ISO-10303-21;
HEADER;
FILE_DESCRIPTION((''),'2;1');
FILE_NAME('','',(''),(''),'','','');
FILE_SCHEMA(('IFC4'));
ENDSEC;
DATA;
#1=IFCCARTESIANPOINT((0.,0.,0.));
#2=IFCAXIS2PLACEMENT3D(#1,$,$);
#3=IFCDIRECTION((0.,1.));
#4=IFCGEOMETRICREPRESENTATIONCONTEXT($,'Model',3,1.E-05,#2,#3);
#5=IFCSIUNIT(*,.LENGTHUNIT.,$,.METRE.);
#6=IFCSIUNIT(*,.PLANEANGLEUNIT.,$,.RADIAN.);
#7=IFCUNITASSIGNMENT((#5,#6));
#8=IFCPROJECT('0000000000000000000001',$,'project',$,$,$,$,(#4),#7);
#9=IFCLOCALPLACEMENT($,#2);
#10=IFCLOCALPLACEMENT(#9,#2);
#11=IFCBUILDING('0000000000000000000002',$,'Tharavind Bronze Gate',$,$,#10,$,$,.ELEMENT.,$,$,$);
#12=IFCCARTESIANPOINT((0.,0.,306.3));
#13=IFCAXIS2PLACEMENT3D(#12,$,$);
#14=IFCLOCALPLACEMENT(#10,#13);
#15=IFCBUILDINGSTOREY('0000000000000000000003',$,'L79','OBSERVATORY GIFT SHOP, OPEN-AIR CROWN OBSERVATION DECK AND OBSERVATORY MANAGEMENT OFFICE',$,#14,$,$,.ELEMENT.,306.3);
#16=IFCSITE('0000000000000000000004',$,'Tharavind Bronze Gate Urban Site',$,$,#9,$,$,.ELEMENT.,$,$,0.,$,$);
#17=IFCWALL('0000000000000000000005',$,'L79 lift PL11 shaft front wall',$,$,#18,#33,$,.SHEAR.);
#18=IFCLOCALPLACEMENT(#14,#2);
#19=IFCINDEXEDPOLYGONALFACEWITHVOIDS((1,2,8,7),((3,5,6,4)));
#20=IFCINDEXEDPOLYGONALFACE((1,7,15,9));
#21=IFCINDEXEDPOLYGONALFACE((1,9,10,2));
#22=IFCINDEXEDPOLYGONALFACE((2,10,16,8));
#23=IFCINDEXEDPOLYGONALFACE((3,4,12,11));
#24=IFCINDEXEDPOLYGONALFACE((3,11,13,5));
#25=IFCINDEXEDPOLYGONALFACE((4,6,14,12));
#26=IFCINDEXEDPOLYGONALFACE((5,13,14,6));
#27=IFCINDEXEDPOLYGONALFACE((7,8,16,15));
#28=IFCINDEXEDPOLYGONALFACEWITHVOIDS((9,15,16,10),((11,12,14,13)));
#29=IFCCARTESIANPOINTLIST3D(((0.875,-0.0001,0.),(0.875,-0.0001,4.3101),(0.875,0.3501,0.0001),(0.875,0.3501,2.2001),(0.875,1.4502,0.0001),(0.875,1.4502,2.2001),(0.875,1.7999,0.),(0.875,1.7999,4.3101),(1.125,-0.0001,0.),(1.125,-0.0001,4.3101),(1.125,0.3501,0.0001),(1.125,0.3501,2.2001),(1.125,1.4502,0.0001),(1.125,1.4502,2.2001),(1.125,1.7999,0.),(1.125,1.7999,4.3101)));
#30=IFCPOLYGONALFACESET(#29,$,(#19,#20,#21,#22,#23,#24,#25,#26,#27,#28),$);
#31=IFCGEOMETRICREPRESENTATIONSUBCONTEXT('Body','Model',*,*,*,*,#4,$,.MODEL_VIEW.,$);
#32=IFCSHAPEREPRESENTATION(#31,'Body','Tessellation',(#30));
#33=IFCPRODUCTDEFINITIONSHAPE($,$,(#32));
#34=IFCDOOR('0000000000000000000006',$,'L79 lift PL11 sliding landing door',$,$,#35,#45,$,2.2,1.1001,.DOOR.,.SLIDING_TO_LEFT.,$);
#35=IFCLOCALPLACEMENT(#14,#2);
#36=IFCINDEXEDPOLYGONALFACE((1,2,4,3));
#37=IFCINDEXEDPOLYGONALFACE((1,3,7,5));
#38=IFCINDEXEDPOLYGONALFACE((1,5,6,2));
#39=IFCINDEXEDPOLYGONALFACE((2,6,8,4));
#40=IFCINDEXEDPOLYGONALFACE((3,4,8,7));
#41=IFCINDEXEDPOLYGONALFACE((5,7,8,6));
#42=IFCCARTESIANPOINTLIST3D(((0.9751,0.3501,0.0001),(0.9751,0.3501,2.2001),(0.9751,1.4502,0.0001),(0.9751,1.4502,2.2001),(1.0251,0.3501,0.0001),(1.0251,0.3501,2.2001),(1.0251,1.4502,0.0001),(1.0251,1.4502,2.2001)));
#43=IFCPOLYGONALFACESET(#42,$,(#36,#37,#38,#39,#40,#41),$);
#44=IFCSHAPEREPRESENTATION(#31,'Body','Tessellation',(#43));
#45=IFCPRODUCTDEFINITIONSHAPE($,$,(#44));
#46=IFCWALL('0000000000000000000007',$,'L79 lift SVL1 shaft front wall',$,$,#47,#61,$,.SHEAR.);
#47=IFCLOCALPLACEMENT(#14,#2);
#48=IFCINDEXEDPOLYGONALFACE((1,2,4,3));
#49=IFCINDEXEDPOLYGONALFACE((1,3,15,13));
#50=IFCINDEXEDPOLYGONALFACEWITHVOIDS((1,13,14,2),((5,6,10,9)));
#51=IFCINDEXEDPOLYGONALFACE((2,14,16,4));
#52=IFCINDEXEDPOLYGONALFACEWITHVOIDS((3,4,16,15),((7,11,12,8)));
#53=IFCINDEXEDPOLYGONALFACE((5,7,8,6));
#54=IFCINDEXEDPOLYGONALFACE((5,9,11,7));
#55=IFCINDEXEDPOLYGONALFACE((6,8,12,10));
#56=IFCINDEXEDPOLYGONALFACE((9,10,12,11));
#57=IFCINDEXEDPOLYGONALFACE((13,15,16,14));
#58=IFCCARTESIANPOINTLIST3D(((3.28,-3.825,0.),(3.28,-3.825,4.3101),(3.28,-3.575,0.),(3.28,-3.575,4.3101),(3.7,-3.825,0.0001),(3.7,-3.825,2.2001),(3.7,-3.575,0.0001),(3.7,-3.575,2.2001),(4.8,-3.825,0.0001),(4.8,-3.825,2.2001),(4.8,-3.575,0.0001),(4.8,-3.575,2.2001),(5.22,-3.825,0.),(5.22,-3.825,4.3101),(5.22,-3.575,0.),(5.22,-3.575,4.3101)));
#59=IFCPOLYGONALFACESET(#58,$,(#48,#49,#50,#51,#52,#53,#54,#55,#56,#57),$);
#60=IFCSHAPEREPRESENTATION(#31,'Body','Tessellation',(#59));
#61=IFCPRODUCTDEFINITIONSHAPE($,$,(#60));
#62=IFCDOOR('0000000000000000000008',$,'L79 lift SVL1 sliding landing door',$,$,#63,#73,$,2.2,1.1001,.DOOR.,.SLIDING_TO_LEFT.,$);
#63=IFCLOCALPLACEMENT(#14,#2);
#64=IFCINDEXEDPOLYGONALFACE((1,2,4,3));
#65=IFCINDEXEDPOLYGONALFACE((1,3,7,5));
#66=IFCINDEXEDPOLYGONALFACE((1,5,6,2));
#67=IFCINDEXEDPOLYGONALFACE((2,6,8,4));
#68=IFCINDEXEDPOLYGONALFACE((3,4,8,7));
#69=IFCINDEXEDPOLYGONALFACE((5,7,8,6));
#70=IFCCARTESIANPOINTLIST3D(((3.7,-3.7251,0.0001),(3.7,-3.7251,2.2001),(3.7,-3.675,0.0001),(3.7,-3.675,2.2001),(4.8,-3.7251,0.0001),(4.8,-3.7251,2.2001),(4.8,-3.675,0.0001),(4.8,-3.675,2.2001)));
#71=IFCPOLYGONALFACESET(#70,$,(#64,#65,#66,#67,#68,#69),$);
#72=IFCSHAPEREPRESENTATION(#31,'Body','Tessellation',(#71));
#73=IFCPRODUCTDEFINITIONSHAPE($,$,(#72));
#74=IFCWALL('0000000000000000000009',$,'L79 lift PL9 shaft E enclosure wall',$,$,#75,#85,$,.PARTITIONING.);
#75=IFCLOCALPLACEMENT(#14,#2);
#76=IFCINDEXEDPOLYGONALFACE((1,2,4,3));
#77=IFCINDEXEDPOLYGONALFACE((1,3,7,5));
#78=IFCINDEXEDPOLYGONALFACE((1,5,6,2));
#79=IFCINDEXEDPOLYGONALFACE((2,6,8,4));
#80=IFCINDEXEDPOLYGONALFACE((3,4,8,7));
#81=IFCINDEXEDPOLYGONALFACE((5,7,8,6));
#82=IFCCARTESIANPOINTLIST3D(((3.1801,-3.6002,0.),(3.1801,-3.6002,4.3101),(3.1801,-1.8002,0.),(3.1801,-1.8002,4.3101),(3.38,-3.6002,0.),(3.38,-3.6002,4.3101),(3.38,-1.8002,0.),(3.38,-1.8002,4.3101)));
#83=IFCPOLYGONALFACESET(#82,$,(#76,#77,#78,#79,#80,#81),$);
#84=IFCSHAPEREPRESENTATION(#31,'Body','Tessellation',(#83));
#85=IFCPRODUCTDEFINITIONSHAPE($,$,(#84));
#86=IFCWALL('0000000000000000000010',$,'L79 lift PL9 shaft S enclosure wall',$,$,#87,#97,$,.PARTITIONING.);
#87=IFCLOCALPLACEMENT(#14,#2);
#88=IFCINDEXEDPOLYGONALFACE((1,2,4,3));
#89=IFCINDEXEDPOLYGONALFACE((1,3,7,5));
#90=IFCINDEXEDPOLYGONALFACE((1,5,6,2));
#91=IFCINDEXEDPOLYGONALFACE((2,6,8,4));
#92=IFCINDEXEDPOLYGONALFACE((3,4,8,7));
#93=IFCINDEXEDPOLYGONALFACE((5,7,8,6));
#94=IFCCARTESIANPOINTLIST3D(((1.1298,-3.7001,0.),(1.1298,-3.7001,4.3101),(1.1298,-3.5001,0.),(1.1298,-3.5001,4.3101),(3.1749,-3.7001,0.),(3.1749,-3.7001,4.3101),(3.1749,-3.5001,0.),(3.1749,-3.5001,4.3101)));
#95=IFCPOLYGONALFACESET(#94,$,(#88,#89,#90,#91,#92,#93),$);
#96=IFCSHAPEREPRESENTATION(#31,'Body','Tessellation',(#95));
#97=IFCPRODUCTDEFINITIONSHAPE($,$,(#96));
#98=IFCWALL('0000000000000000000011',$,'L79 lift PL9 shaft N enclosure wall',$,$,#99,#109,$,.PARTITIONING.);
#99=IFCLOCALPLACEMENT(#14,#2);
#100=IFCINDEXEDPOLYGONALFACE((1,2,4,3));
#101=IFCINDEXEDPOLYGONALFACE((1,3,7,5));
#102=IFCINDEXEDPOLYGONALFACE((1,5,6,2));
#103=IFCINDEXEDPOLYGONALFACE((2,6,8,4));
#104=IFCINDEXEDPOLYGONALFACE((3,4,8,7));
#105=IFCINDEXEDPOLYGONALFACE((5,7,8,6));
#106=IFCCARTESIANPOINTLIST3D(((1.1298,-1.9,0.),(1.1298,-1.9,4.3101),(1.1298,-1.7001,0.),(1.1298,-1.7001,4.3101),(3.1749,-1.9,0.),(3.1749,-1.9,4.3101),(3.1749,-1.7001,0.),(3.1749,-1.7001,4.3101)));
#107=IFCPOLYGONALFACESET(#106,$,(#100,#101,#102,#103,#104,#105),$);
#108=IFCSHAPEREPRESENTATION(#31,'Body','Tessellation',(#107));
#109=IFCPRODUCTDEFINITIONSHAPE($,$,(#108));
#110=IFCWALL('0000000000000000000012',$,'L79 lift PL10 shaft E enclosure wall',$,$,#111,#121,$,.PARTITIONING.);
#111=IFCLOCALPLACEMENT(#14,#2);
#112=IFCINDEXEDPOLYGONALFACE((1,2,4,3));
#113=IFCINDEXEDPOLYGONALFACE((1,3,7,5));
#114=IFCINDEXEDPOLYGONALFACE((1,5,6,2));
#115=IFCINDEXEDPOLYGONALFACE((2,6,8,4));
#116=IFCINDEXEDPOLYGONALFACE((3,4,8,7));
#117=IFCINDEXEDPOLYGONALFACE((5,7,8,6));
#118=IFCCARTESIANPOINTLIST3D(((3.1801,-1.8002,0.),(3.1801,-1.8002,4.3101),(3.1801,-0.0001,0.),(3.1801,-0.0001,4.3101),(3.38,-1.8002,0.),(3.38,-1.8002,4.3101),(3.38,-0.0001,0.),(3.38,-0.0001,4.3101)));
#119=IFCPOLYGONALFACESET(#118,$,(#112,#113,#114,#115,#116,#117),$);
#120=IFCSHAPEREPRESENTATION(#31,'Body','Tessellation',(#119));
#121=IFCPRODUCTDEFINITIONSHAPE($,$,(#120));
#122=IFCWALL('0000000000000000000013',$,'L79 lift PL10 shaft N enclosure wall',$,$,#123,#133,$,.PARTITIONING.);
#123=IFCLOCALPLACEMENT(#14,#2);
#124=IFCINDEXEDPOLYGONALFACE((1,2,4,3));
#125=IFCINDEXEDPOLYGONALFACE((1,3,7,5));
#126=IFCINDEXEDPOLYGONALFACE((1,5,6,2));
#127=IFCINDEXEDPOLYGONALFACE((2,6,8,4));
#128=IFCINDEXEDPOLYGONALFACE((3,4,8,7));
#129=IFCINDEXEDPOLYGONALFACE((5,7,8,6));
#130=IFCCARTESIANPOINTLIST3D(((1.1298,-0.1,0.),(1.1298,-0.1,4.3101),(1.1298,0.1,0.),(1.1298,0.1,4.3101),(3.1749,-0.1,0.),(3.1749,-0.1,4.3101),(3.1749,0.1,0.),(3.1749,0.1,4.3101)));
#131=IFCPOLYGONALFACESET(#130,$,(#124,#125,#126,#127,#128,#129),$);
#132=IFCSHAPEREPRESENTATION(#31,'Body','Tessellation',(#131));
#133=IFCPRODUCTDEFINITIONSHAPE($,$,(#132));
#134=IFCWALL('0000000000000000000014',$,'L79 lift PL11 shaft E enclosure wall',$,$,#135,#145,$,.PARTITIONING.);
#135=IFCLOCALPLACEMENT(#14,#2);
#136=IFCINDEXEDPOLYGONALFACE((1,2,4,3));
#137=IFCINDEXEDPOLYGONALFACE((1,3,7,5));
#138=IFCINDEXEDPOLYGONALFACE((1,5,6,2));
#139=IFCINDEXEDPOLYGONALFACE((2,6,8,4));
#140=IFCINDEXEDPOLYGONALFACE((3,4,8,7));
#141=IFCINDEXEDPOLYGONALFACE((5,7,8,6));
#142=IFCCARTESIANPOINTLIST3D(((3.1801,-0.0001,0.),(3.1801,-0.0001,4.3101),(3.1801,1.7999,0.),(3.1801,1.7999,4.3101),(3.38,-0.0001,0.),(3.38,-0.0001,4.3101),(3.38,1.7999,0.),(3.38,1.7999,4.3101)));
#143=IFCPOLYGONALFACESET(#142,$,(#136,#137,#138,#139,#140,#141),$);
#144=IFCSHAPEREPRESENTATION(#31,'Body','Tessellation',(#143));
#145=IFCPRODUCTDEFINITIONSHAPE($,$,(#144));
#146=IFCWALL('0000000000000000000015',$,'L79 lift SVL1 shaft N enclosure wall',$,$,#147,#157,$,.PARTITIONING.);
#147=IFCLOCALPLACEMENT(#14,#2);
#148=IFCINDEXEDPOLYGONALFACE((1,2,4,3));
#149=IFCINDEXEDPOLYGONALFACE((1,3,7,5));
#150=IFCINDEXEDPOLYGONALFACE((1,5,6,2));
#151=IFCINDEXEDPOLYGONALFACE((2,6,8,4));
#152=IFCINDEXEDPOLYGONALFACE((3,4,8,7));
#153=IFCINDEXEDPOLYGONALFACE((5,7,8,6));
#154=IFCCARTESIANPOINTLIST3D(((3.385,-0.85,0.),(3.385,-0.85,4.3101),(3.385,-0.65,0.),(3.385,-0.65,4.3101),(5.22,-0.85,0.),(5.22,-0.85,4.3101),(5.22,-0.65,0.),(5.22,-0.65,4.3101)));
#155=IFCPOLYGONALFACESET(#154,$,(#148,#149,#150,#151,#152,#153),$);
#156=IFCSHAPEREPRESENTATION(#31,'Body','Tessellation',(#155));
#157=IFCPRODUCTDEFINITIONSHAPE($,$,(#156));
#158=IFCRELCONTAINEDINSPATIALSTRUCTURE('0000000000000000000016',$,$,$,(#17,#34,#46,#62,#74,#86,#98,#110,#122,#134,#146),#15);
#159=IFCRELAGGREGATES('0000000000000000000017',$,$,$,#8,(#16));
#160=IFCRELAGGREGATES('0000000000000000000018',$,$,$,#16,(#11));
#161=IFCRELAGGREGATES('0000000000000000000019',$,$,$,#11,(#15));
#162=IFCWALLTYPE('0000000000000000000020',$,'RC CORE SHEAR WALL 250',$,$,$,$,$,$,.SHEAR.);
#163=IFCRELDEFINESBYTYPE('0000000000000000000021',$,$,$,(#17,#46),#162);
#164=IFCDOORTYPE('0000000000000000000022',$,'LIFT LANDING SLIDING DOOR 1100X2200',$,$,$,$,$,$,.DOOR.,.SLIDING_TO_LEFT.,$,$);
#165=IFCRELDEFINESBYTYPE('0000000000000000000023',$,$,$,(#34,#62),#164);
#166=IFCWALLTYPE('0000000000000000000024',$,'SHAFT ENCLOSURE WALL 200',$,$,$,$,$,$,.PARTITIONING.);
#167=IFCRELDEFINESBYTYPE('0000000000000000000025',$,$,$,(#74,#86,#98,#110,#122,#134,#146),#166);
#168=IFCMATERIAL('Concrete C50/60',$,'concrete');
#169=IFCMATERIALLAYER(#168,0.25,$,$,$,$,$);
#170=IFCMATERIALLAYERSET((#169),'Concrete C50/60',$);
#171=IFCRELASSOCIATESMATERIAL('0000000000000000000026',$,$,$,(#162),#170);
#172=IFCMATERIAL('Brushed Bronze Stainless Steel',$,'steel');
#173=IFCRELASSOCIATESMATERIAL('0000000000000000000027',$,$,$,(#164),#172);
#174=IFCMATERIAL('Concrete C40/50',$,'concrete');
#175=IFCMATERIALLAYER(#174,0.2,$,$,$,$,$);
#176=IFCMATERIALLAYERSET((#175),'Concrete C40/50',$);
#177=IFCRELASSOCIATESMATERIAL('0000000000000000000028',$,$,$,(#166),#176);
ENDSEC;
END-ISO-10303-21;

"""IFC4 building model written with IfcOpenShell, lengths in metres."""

from ifc_helpers import new_model, si_unit, direction, frame, frame_2d, origin, place, context, subcontext, project, spatial, rectangle, extrude, material, layer, layer_set, type_object, element, fill, save


model = new_model("IFC4")

# Units and contexts
model_context = context("Model", 3, precision=1e-05, world=origin(), true_north=direction((0.0, 1.0)))
body_context = subcontext(model_context, "Body", "Model", "MODEL_VIEW")
ifc_project = project(units=[si_unit("LENGTHUNIT", "METRE"), si_unit("PLANEANGLEUNIT", "RADIAN")], contexts=[model_context])

# Site, building, storey
site_placement = place(None, origin())
site = spatial("IfcSite", under=ifc_project, at=site_placement, Name="Tharavind Bronze Gate Urban Site", CompositionType="ELEMENT", RefElevation=0.0)
building_placement = place(site_placement, origin())
building = spatial("IfcBuilding", under=site, at=building_placement, Name="Tharavind Bronze Gate", CompositionType="ELEMENT")
storey_placement = place(building_placement, frame((0.0, 0.0, 306.3)))
storey = spatial("IfcBuildingStorey", under=building, at=storey_placement, Name="L79", Description="OBSERVATORY GIFT SHOP, OPEN-AIR CROWN OBSERVATION DECK AND OBSERVATORY MANAGEMENT OFFICE", CompositionType="ELEMENT", Elevation=306.3)

# Shared definitions
ifc_material_1 = material(Name="Concrete C50/60", Category="concrete")
ifc_layer_1 = layer(ifc_material_1, 0.25)
ifc_layer_set_1 = layer_set([ifc_layer_1], Name="Concrete C50/60")
wall_type_1 = type_object("IfcWallType", Name="RC CORE SHEAR WALL 250", PredefinedType="SHEAR", material=ifc_layer_set_1)

# Walls, openings, doors
wall_1_placement = place(storey_placement, frame((1.0, 0.0, 0.0), z_axis=(0.0, 0.0, 1.0), x_axis=(0.0, 1.0, 0.0)))
wall_1 = element("IfcWall", 1, at=wall_1_placement, inside=storey, type_object=wall_type_1, Name="L79 lift PL11 shaft front wall", PredefinedType="SHEAR", context=body_context, shape_type="SweptSolid", body=[
    extrude(rectangle(XDim=1.8, YDim=0.25, at=frame_2d((0.8999, 0.0))), origin(), (0.0, 0.0, 1.0), 4.3101),
])
opening_1_placement = place(wall_1_placement, frame((0.3501, 0.0, 0.0)))
opening_1 = element("IfcOpeningElement", 2, at=opening_1_placement, cuts=wall_1, PredefinedType="OPENING", context=body_context, shape_type="SweptSolid", body=[
    extrude(rectangle(XDim=1.1001, YDim=2.2, at=frame_2d((0.55, 1.1001))), frame((0.0, 0.135, 0.0), z_axis=(0.0, -1.0, 0.0), x_axis=(1.0, 0.0, 0.0)), (0.0, 0.0, 1.0), 0.27),
])
ifc_material_2 = material(Name="Brushed Bronze Stainless Steel", Category="steel")
door_type = type_object("IfcDoorType", Name="LIFT LANDING SLIDING DOOR 1100X2200", OperationType="SLIDING_TO_LEFT", PredefinedType="DOOR", material=ifc_material_2)
door_1_placement = place(opening_1_placement, origin())
door_1 = element("IfcDoor", 3, at=door_1_placement, inside=storey, type_object=door_type, Name="L79 lift PL11 sliding landing door", OperationType="SLIDING_TO_LEFT", OverallHeight=2.2, OverallWidth=1.1001, PredefinedType="DOOR", context=body_context, shape_type="SweptSolid", body=[
    extrude(rectangle(XDim=1.1001, YDim=2.2, at=frame_2d((0.55, 1.1001))), frame((0.0, 0.0249, 0.0), z_axis=(0.0, -1.0, 0.0), x_axis=(1.0, 0.0, 0.0)), (0.0, 0.0, 1.0), 0.05),
])
fill(opening_1, door_1)
wall_2_placement = place(storey_placement, frame((3.28, -3.7, 0.0), z_axis=(0.0, 0.0, 1.0), x_axis=(1.0, 0.0, 0.0)))
wall_2 = element("IfcWall", 4, at=wall_2_placement, inside=storey, type_object=wall_type_1, Name="L79 lift SVL1 shaft front wall", PredefinedType="SHEAR", context=body_context, shape_type="SweptSolid", body=[
    extrude(rectangle(XDim=1.9399, YDim=0.25, at=frame_2d((0.97, 0.0))), origin(), (0.0, 0.0, 1.0), 4.3101),
])
opening_2_placement = place(wall_2_placement, frame((0.4199, 0.0, 0.0)))
opening_2 = element("IfcOpeningElement", 5, at=opening_2_placement, cuts=wall_2, PredefinedType="OPENING", context=body_context, shape_type="SweptSolid", body=[
    extrude(rectangle(XDim=1.1001, YDim=2.2, at=frame_2d((0.55, 1.1001))), frame((0.0, 0.135, 0.0), z_axis=(0.0, -1.0, 0.0), x_axis=(1.0, 0.0, 0.0)), (0.0, 0.0, 1.0), 0.27),
])
door_2_placement = place(opening_2_placement, origin())
door_2 = element("IfcDoor", 6, at=door_2_placement, inside=storey, type_object=door_type, Name="L79 lift SVL1 sliding landing door", OperationType="SLIDING_TO_LEFT", OverallHeight=2.2, OverallWidth=1.1001, PredefinedType="DOOR", context=body_context, shape_type="SweptSolid", body=[
    extrude(rectangle(XDim=1.1001, YDim=2.2, at=frame_2d((0.55, 1.1001))), frame((0.0, 0.0249, 0.0), z_axis=(0.0, -1.0, 0.0), x_axis=(1.0, 0.0, 0.0)), (0.0, 0.0, 1.0), 0.05),
])
fill(opening_2, door_2)

# Walls
ifc_material_3 = material(Name="Concrete C40/50", Category="concrete")
ifc_layer_2 = layer(ifc_material_3, 0.2)
ifc_layer_set_2 = layer_set([ifc_layer_2], Name="Concrete C40/50")
wall_type_2 = type_object("IfcWallType", Name="SHAFT ENCLOSURE WALL 200", PredefinedType="PARTITIONING", material=ifc_layer_set_2)
wall_3_placement = place(storey_placement, frame((3.28, -3.6001, 0.0), z_axis=(0.0, 0.0, 1.0), x_axis=(0.0, 1.0, 0.0)))
element("IfcWall", 7, at=wall_3_placement, inside=storey, type_object=wall_type_2, Name="L79 lift PL9 shaft E enclosure wall", PredefinedType="PARTITIONING", context=body_context, shape_type="SweptSolid", body=[
    extrude(rectangle(XDim=1.8, YDim=0.2, at=frame_2d((0.8999, 0.0))), origin(), (0.0, 0.0, 1.0), 4.3101),
])
for number, where, z_axis, x_axis, name in (
    (8, (1.1299, -3.6001, 0.0), (0.0, 0.0, 1.0), (1.0, 0.0, 0.0), "L79 lift PL9 shaft S enclosure wall"),
    (9, (1.1299, -1.8, 0.0), (0.0, 0.0, 1.0), (1.0, 0.0, 0.0), "L79 lift PL9 shaft N enclosure wall"),
):
    element("IfcWall", number, at=place(storey_placement, frame(where, z_axis=z_axis, x_axis=x_axis)), inside=storey, type_object=wall_type_2, Name=name, PredefinedType="PARTITIONING", context=body_context, shape_type="SweptSolid", body=[
        extrude(rectangle(XDim=2.0452, YDim=0.2, at=frame_2d((1.0225, 0.0))), origin(), (0.0, 0.0, 1.0), 4.3101),
    ])
wall_4_placement = place(storey_placement, frame((3.28, -1.8, 0.0), z_axis=(0.0, 0.0, 1.0), x_axis=(0.0, 1.0, 0.0)))
element("IfcWall", 10, at=wall_4_placement, inside=storey, type_object=wall_type_2, Name="L79 lift PL10 shaft E enclosure wall", PredefinedType="PARTITIONING", context=body_context, shape_type="SweptSolid", body=[
    extrude(rectangle(XDim=1.8, YDim=0.2, at=frame_2d((0.8999, 0.0))), origin(), (0.0, 0.0, 1.0), 4.3101),
])
wall_5_placement = place(storey_placement, frame((1.1299, 0.0, 0.0), z_axis=(0.0, 0.0, 1.0), x_axis=(1.0, 0.0, 0.0)))
element("IfcWall", 11, at=wall_5_placement, inside=storey, type_object=wall_type_2, Name="L79 lift PL10 shaft N enclosure wall", PredefinedType="PARTITIONING", context=body_context, shape_type="SweptSolid", body=[
    extrude(rectangle(XDim=2.0452, YDim=0.2, at=frame_2d((1.0225, 0.0))), origin(), (0.0, 0.0, 1.0), 4.3101),
])
wall_6_placement = place(storey_placement, frame((3.28, 0.0, 0.0), z_axis=(0.0, 0.0, 1.0), x_axis=(0.0, 1.0, 0.0)))
element("IfcWall", 12, at=wall_6_placement, inside=storey, type_object=wall_type_2, Name="L79 lift PL11 shaft E enclosure wall", PredefinedType="PARTITIONING", context=body_context, shape_type="SweptSolid", body=[
    extrude(rectangle(XDim=1.8, YDim=0.2, at=frame_2d((0.8999, 0.0))), origin(), (0.0, 0.0, 1.0), 4.3101),
])
wall_7_placement = place(storey_placement, frame((3.385, -0.75, 0.0), z_axis=(0.0, 0.0, 1.0), x_axis=(1.0, 0.0, 0.0)))
element("IfcWall", 13, at=wall_7_placement, inside=storey, type_object=wall_type_2, Name="L79 lift SVL1 shaft N enclosure wall", PredefinedType="PARTITIONING", context=body_context, shape_type="SweptSolid", body=[
    extrude(rectangle(XDim=1.835, YDim=0.2, at=frame_2d((0.9175, 0.0))), origin(), (0.0, 0.0, 1.0), 4.3101),
])

save(model, "model.ifc")
